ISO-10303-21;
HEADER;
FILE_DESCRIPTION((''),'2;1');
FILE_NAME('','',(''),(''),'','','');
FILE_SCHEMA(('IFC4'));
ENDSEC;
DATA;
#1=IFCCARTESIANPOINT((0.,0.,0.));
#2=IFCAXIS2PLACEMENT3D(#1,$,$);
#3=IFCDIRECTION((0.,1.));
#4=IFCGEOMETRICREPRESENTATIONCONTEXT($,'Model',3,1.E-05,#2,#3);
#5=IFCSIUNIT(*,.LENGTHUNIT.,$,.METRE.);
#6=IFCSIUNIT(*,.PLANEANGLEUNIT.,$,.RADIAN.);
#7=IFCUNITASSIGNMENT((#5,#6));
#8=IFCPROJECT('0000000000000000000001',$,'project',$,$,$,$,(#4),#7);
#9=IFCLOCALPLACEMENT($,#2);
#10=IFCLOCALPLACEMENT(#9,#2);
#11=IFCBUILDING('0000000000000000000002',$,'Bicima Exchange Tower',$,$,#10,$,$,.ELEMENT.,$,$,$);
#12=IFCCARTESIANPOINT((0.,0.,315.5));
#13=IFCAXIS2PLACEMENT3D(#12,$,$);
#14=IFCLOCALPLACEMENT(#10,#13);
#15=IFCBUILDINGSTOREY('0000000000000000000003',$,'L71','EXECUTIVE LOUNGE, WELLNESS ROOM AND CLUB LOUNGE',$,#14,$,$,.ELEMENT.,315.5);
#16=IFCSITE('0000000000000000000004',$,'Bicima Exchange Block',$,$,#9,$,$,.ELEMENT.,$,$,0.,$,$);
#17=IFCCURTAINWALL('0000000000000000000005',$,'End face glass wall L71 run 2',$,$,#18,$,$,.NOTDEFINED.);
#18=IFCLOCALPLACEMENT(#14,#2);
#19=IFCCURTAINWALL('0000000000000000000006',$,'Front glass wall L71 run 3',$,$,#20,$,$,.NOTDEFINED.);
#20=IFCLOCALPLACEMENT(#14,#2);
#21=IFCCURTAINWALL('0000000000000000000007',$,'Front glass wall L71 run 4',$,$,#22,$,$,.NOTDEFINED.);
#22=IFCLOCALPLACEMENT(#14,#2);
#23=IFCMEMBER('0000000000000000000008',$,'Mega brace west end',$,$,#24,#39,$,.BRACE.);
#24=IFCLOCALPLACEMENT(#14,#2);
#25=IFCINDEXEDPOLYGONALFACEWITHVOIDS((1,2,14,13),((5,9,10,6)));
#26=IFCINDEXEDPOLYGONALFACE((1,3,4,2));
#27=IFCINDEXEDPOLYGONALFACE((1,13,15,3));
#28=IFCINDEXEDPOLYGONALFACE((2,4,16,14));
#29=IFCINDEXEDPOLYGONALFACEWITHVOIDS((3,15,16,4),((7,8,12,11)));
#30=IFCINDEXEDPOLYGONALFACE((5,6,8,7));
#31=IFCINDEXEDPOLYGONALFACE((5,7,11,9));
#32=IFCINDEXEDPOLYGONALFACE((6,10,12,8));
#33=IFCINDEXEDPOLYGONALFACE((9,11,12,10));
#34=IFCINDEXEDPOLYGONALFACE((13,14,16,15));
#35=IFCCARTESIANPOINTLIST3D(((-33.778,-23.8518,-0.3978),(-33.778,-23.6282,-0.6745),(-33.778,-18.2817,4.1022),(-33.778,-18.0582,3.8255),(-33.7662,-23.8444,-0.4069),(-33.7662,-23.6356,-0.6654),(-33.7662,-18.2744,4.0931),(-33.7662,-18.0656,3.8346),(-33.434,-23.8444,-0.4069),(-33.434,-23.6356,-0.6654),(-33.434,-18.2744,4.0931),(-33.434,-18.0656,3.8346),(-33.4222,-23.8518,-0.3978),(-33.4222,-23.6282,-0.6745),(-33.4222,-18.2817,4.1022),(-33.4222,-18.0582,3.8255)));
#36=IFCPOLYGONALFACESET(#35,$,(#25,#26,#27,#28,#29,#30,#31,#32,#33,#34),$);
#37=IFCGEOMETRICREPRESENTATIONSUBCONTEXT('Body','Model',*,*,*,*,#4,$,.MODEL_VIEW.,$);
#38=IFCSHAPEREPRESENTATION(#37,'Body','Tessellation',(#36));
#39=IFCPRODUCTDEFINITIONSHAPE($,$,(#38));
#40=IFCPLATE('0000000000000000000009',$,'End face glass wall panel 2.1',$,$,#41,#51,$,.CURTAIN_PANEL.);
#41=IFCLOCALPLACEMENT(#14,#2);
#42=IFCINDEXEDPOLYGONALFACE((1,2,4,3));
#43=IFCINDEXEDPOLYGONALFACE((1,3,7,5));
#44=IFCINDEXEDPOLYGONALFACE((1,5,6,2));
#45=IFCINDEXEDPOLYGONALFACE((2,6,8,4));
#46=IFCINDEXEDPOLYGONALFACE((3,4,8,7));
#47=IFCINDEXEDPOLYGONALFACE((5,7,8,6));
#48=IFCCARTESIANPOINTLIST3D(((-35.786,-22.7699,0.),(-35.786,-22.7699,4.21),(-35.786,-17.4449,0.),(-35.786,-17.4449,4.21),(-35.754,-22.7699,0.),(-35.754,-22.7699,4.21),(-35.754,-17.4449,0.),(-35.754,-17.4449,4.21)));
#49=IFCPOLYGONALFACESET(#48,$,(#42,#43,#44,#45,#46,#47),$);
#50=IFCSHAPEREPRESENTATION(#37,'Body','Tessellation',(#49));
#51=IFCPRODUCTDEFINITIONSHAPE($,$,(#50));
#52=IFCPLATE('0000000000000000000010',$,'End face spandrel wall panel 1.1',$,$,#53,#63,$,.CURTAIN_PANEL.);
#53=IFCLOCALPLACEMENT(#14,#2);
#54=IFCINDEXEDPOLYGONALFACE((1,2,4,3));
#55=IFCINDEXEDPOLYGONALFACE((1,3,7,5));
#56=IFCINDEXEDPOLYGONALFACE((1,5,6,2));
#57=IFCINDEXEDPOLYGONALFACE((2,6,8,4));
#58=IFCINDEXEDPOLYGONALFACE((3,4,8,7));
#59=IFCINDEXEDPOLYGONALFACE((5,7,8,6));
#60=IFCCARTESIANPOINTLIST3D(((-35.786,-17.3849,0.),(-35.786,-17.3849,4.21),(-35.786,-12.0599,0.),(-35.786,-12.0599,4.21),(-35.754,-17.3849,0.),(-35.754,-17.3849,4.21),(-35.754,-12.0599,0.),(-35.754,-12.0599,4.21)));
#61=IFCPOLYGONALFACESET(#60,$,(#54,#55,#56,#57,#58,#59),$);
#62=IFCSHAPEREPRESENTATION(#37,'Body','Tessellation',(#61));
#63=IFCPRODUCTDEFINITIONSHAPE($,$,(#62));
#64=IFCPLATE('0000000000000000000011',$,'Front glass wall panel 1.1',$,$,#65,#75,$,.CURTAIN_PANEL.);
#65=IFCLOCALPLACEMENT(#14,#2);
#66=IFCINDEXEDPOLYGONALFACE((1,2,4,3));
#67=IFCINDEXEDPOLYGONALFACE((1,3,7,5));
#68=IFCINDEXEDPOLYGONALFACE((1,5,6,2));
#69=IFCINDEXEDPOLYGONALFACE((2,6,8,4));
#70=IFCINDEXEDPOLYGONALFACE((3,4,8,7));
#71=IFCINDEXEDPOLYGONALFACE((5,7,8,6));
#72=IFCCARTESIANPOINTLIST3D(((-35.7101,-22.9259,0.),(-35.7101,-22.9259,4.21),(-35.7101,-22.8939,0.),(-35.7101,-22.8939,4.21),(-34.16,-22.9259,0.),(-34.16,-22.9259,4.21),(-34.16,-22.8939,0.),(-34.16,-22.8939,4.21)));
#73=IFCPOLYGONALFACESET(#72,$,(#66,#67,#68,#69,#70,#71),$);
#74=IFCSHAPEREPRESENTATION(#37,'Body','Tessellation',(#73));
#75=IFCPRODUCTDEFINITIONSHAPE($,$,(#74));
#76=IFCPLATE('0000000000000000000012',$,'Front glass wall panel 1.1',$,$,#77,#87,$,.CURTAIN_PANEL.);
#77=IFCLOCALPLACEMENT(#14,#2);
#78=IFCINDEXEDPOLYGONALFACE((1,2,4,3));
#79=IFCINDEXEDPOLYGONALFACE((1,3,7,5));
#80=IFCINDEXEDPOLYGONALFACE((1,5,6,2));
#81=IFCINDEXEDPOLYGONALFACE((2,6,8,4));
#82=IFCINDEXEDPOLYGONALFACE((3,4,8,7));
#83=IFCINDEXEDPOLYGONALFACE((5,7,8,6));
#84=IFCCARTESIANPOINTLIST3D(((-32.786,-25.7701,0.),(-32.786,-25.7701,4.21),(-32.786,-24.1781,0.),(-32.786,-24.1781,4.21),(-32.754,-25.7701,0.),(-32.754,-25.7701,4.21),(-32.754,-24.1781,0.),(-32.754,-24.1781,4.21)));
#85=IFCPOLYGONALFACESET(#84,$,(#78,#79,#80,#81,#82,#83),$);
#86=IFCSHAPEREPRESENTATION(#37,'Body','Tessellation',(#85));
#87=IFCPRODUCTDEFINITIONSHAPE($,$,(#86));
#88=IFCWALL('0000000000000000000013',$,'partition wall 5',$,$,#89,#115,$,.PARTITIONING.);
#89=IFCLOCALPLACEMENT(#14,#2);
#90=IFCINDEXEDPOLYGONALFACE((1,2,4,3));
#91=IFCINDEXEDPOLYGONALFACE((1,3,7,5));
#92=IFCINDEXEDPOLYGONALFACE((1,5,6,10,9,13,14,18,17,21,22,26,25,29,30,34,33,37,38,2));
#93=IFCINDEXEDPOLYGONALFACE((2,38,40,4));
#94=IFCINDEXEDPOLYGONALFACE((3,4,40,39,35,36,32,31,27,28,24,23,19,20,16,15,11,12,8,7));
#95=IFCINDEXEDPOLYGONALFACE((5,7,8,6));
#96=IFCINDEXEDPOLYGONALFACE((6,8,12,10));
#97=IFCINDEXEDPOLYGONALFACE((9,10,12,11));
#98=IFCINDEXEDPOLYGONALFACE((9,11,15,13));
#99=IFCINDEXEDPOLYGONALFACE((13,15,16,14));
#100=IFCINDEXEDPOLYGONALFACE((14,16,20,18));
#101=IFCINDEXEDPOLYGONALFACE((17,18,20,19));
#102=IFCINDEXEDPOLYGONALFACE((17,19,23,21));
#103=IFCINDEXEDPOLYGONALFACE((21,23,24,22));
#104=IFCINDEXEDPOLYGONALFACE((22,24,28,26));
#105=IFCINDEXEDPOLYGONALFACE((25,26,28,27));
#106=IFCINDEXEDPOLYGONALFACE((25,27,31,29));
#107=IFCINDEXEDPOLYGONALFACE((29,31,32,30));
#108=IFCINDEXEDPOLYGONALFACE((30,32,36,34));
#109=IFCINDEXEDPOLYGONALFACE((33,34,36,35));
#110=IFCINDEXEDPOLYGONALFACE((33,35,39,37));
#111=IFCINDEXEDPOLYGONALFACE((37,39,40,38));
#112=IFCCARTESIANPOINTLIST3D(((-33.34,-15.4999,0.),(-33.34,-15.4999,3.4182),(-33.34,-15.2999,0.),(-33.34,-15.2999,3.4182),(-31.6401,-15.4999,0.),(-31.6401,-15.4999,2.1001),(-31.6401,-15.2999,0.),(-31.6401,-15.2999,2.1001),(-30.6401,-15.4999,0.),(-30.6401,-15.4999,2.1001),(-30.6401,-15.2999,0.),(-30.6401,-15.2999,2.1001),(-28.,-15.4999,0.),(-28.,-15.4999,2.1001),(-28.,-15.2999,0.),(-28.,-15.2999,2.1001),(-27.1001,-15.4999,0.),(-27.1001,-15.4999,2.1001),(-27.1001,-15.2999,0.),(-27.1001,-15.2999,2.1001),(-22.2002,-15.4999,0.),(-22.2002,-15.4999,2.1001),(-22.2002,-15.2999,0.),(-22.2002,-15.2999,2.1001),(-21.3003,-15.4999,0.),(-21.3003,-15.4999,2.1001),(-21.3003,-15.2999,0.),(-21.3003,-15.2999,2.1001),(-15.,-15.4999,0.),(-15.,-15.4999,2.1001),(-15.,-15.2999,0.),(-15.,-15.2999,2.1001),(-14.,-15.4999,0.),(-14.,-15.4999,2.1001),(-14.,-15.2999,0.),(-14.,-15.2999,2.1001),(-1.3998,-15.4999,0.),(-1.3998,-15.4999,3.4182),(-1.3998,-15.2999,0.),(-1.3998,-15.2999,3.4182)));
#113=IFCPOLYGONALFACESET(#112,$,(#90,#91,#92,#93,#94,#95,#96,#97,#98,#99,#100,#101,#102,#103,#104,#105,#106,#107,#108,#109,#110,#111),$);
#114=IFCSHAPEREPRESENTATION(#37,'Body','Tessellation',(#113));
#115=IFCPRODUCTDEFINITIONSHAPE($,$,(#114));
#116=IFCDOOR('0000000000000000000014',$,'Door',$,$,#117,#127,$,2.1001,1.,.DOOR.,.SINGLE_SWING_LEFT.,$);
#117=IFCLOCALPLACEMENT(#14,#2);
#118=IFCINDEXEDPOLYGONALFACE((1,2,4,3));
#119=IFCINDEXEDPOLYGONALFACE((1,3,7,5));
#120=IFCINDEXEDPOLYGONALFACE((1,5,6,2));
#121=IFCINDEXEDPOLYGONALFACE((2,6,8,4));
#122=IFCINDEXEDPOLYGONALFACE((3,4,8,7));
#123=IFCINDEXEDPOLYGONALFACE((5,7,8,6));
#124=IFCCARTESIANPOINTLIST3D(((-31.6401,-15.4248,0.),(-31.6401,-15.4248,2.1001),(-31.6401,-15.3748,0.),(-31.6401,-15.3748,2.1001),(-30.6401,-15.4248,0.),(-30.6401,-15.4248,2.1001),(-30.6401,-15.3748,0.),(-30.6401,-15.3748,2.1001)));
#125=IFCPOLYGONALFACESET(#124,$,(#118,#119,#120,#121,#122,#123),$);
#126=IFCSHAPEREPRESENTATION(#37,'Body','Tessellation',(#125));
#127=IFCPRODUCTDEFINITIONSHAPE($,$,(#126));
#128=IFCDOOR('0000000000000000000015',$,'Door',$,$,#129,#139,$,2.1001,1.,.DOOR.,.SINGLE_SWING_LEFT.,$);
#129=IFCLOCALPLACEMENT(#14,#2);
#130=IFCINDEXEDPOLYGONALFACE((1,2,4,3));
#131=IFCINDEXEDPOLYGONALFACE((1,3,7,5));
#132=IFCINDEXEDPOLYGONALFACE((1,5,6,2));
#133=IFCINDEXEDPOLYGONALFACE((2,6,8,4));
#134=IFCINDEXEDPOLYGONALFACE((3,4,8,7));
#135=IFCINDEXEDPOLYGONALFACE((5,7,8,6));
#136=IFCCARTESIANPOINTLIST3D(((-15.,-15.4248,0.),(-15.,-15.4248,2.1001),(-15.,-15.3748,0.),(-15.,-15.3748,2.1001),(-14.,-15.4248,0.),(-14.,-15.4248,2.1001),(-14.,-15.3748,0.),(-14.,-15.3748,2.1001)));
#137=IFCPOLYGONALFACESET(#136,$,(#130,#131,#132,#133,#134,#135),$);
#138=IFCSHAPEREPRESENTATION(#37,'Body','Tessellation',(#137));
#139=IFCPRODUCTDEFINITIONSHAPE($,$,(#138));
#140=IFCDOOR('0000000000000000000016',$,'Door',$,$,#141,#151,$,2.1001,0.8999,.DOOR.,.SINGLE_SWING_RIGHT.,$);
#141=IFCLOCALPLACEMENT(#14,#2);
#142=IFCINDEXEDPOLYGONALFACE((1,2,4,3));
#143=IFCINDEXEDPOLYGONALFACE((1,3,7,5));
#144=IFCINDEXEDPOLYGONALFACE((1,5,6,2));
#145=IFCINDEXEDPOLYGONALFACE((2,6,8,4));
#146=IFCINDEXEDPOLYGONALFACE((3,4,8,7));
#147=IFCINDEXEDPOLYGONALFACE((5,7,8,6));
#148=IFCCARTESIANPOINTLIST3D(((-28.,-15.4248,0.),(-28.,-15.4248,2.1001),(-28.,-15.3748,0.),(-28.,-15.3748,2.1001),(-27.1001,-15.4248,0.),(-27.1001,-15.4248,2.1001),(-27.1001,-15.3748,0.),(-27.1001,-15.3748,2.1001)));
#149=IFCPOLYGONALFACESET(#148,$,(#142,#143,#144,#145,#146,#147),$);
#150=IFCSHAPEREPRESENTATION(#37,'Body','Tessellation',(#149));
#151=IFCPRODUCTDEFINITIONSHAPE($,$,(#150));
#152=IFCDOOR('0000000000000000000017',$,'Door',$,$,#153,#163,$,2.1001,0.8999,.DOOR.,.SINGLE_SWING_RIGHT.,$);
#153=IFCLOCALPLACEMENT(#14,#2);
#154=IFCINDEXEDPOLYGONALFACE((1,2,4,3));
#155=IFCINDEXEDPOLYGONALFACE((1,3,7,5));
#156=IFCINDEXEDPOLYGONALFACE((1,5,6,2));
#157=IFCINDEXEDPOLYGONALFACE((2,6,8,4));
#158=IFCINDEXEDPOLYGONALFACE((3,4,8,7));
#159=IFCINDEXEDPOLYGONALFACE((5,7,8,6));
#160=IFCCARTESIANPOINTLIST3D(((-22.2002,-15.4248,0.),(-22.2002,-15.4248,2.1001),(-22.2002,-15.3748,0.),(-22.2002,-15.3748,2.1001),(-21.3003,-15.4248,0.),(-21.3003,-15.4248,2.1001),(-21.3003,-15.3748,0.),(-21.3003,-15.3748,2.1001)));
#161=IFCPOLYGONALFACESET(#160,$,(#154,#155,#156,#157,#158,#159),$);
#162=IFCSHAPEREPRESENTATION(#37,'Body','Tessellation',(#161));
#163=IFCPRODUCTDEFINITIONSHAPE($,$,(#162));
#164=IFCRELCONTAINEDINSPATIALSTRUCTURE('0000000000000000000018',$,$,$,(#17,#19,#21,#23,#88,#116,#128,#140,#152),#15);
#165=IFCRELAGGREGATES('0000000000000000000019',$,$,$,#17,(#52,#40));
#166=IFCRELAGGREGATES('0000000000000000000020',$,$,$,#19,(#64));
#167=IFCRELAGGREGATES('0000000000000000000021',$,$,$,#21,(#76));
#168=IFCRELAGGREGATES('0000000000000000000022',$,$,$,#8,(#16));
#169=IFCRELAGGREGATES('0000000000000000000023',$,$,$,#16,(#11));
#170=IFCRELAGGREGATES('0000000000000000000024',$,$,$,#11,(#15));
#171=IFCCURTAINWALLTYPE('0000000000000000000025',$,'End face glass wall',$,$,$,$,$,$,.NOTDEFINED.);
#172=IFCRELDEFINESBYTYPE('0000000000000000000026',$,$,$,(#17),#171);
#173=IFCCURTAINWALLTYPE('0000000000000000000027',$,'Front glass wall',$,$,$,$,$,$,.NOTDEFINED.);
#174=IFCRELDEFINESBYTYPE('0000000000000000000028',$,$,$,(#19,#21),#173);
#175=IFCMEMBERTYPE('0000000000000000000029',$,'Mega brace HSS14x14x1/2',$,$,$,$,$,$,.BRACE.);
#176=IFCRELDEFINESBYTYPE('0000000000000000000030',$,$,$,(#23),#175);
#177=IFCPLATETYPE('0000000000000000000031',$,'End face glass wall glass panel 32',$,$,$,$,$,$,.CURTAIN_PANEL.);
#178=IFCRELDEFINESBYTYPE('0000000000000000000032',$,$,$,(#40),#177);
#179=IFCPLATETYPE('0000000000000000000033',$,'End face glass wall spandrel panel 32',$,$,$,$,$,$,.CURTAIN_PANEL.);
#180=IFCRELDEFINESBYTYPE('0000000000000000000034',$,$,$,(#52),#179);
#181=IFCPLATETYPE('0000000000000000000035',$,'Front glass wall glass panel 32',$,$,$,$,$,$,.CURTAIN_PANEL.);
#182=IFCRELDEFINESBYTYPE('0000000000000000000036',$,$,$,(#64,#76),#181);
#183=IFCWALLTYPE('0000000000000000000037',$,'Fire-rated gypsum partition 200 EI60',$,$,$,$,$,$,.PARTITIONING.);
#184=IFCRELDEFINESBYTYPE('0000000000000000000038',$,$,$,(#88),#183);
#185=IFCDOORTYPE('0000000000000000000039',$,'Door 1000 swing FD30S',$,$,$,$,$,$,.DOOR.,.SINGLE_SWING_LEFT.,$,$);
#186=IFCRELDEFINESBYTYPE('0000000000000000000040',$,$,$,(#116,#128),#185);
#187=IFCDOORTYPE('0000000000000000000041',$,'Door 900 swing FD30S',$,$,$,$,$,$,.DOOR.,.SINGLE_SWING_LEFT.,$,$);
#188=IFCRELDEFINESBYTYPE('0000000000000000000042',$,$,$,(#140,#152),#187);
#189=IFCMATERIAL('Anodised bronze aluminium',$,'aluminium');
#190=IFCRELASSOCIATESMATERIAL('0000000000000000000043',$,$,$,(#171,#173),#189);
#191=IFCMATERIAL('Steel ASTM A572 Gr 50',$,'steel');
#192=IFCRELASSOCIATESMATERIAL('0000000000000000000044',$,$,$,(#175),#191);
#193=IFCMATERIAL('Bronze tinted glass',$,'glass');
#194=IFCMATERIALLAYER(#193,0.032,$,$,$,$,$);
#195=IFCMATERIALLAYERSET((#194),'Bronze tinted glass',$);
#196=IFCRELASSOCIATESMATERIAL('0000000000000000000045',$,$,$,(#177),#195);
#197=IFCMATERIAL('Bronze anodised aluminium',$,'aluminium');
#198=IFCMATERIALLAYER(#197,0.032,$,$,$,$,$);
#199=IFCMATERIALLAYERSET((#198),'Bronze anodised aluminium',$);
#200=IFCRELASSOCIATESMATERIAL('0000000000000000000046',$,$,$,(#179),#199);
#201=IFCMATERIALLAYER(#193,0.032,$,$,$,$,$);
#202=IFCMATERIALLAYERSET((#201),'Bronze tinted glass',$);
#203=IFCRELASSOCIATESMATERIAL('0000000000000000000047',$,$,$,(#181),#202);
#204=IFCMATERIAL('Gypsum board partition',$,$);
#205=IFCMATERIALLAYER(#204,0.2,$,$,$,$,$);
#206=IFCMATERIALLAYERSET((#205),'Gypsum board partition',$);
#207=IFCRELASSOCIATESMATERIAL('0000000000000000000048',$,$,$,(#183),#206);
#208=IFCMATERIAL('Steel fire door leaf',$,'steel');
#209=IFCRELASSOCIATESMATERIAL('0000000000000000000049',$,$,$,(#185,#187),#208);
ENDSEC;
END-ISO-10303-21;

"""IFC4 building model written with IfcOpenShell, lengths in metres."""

from ifc_helpers import new_model, si_unit, direction, frame, frame_2d, origin, origin_2d, place, context, subcontext, project, spatial, rectangle, hollow_rectangle, extrude, material, layer, layer_set, material_profile, profile_set, type_object, element, fill, aggregate, save


model = new_model("IFC4")

# Units and contexts
model_context = context("Model", 3, precision=1e-05, world=origin(), true_north=direction((0.0, 1.0)))
body_context = subcontext(model_context, "Body", "Model", "MODEL_VIEW")
ifc_project = project(units=[si_unit("LENGTHUNIT", "METRE"), si_unit("PLANEANGLEUNIT", "RADIAN")], contexts=[model_context])

# Site, building, storey
site_placement = place(None, origin())
site = spatial("IfcSite", under=ifc_project, at=site_placement, Name="Bicima Exchange Block", CompositionType="ELEMENT", RefElevation=0.0)
building_placement = place(site_placement, origin())
building = spatial("IfcBuilding", under=site, at=building_placement, Name="Bicima Exchange Tower", CompositionType="ELEMENT")
storey_placement = place(building_placement, frame((0.0, 0.0, 315.5)))
storey = spatial("IfcBuildingStorey", under=building, at=storey_placement, Name="L71", Description="EXECUTIVE LOUNGE, WELLNESS ROOM AND CLUB LOUNGE", CompositionType="ELEMENT", Elevation=315.5)

# Shared definitions
ifc_material_1 = material(Name="Steel ASTM A572 Gr 50", Category="steel")

# Curtain wall
ifc_material_2 = material(Name="Anodised bronze aluminium", Category="aluminium")
curtain_wall_type_1 = type_object("IfcCurtainWallType", Name="End face glass wall", PredefinedType="NOTDEFINED", material=ifc_material_2)
curtain_wall_1_placement = place(storey_placement, origin())
curtain_wall_1 = element("IfcCurtainWall", 1, at=curtain_wall_1_placement, inside=storey, type_object=curtain_wall_type_1, Name="End face glass wall L71 run 2", PredefinedType="NOTDEFINED")

# Curtain walls
curtain_wall_type_2 = type_object("IfcCurtainWallType", Name="Front glass wall", PredefinedType="NOTDEFINED", material=ifc_material_2)
curtain_wall_2_placement = place(storey_placement, origin())
curtain_wall_2 = element("IfcCurtainWall", 2, at=curtain_wall_2_placement, inside=storey, type_object=curtain_wall_type_2, Name="Front glass wall L71 run 3", PredefinedType="NOTDEFINED")
curtain_wall_3_placement = place(storey_placement, origin())
curtain_wall_3 = element("IfcCurtainWall", 3, at=curtain_wall_3_placement, inside=storey, type_object=curtain_wall_type_2, Name="Front glass wall L71 run 4", PredefinedType="NOTDEFINED")

# Member
ifc_material_profile_1 = material_profile(ifc_material_1, hollow_rectangle(XDim=0.3557, YDim=0.3557, WallThickness=0.0117, at=origin_2d()))
ifc_profile_set_1 = profile_set([ifc_material_profile_1], Name="Steel ASTM A572 Gr 50")
member_type_1 = type_object("IfcMemberType", Name="Mega brace HSS14x14x1/2", PredefinedType="BRACE", material=ifc_profile_set_1)
member_1_placement = place(storey_placement, frame((-33.6001, -23.74, -0.5361), z_axis=(0.0, 0.777866, 0.62843), x_axis=(-1.0, 0.0, 0.0)))
element("IfcMember", 4, at=member_1_placement, inside=storey, type_object=member_type_1, Name="Mega brace west end", PredefinedType="BRACE", context=body_context, shape_type="SweptSolid", body=[
    extrude(hollow_rectangle(XDim=0.3557, YDim=0.3557, WallThickness=0.0117, at=origin_2d()), origin(), (0.0, 0.0, 1.0), 7.1606),
])

# Plates
ifc_material_3 = material(Name="Bronze tinted glass", Category="glass")
ifc_layer_1 = layer(ifc_material_3, 0.032)
ifc_layer_set_1 = layer_set([ifc_layer_1], Name="Bronze tinted glass")
plate_type_1 = type_object("IfcPlateType", Name="End face glass wall glass panel 32", PredefinedType="CURTAIN_PANEL", material=ifc_layer_set_1)
plate_1_placement = place(storey_placement, frame((-35.77, -20.1074, 0.0), z_axis=(0.0, 0.0, 1.0), x_axis=(0.0, -1.0, 0.0)))
plate_1 = element("IfcPlate", 5, at=plate_1_placement, type_object=plate_type_1, Name="End face glass wall panel 2.1", PredefinedType="CURTAIN_PANEL", context=body_context, shape_type="SweptSolid", body=[
    extrude(rectangle(XDim=5.325, YDim=0.032, at=origin_2d()), origin(), (0.0, 0.0, 1.0), 4.21),
])
ifc_material_4 = material(Name="Bronze anodised aluminium", Category="aluminium")
ifc_layer_2 = layer(ifc_material_4, 0.032)
ifc_layer_set_2 = layer_set([ifc_layer_2], Name="Bronze anodised aluminium")
plate_type_2 = type_object("IfcPlateType", Name="End face glass wall spandrel panel 32", PredefinedType="CURTAIN_PANEL", material=ifc_layer_set_2)
plate_2_placement = place(storey_placement, frame((-35.77, -14.7224, 0.0), z_axis=(0.0, 0.0, 1.0), x_axis=(0.0, -1.0, 0.0)))
plate_2 = element("IfcPlate", 6, at=plate_2_placement, type_object=plate_type_2, Name="End face spandrel wall panel 1.1", PredefinedType="CURTAIN_PANEL", context=body_context, shape_type="SweptSolid", body=[
    extrude(rectangle(XDim=5.325, YDim=0.032, at=origin_2d()), origin(), (0.0, 0.0, 1.0), 4.21),
])
aggregate(curtain_wall_1, [plate_2, plate_1])
ifc_layer_3 = layer(ifc_material_3, 0.032)
ifc_layer_set_3 = layer_set([ifc_layer_3], Name="Bronze tinted glass")
plate_type_3 = type_object("IfcPlateType", Name="Front glass wall glass panel 32", PredefinedType="CURTAIN_PANEL", material=ifc_layer_set_3)
plate_3_placement = place(storey_placement, frame((-34.9351, -22.9099, 0.0), z_axis=(0.0, 0.0, 1.0), x_axis=(1.0, 0.0, 0.0)))
plate_3 = element("IfcPlate", 7, at=plate_3_placement, type_object=plate_type_3, Name="Front glass wall panel 1.1", PredefinedType="CURTAIN_PANEL", context=body_context, shape_type="SweptSolid", body=[
    extrude(rectangle(XDim=1.55, YDim=0.032, at=origin_2d()), origin(), (0.0, 0.0, 1.0), 4.21),
])
aggregate(curtain_wall_2, [plate_3])
plate_4_placement = place(storey_placement, frame((-32.77, -24.9741, 0.0), z_axis=(0.0, 0.0, 1.0), x_axis=(0.0, -1.0, 0.0)))
plate_4 = element("IfcPlate", 8, at=plate_4_placement, type_object=plate_type_3, Name="Front glass wall panel 1.1", PredefinedType="CURTAIN_PANEL", context=body_context, shape_type="SweptSolid", body=[
    extrude(rectangle(XDim=1.592, YDim=0.032, at=origin_2d()), origin(), (0.0, 0.0, 1.0), 4.21),
])
aggregate(curtain_wall_3, [plate_4])

# Wall, openings, doors
ifc_material_5 = material(Name="Gypsum board partition")
ifc_layer_4 = layer(ifc_material_5, 0.2)
ifc_layer_set_4 = layer_set([ifc_layer_4], Name="Gypsum board partition")
wall_type = type_object("IfcWallType", Name="Fire-rated gypsum partition 200 EI60", PredefinedType="PARTITIONING", material=ifc_layer_set_4)
wall_1_placement = place(storey_placement, frame((-33.3401, -15.3999, 0.0), z_axis=(0.0, 0.0, 1.0), x_axis=(1.0, 0.0, 0.0)))
wall_1 = element("IfcWall", 9, at=wall_1_placement, inside=storey, type_object=wall_type, Name="partition wall 5", PredefinedType="PARTITIONING", context=body_context, shape_type="SweptSolid", body=[
    extrude(rectangle(XDim=31.9402, YDim=0.2, at=frame_2d((15.9702, 0.0))), origin(), (0.0, 0.0, 1.0), 3.4182),
])
opening_1_placement = place(wall_1_placement, frame((1.7, 0.0, 0.0)))
opening_1 = element("IfcOpeningElement", 10, at=opening_1_placement, cuts=wall_1, PredefinedType="OPENING", context=body_context, shape_type="SweptSolid", body=[
    extrude(rectangle(XDim=1.0, YDim=2.1001, at=frame_2d((0.5, 1.05))), frame((0.0, 0.1118, 0.0), z_axis=(0.0, -1.0, 0.0), x_axis=(1.0, 0.0, 0.0)), (0.0, 0.0, 1.0), 0.2239),
])
opening_2_placement = place(wall_1_placement, frame((5.3401, 0.0, 0.0)))
opening_2 = element("IfcOpeningElement", 11, at=opening_2_placement, cuts=wall_1, PredefinedType="OPENING", context=body_context, shape_type="SweptSolid", body=[
    extrude(rectangle(XDim=0.8999, YDim=2.1001, at=frame_2d((0.45, 1.05))), frame((0.0, 0.1118, 0.0), z_axis=(0.0, -1.0, 0.0), x_axis=(1.0, 0.0, 0.0)), (0.0, 0.0, 1.0), 0.2239),
])
opening_3_placement = place(wall_1_placement, frame((11.1399, 0.0, 0.0)))
opening_3 = element("IfcOpeningElement", 12, at=opening_3_placement, cuts=wall_1, PredefinedType="OPENING", context=body_context, shape_type="SweptSolid", body=[
    extrude(rectangle(XDim=0.8999, YDim=2.1001, at=frame_2d((0.45, 1.05))), frame((0.0, 0.1118, 0.0), z_axis=(0.0, -1.0, 0.0), x_axis=(1.0, 0.0, 0.0)), (0.0, 0.0, 1.0), 0.2239),
])
opening_4_placement = place(wall_1_placement, frame((18.3401, 0.0, 0.0)))
opening_4 = element("IfcOpeningElement", 13, at=opening_4_placement, cuts=wall_1, PredefinedType="OPENING", context=body_context, shape_type="SweptSolid", body=[
    extrude(rectangle(XDim=1.0, YDim=2.1001, at=frame_2d((0.5, 1.05))), frame((0.0, 0.1118, 0.0), z_axis=(0.0, -1.0, 0.0), x_axis=(1.0, 0.0, 0.0)), (0.0, 0.0, 1.0), 0.2239),
])
ifc_material_6 = material(Name="Steel fire door leaf", Category="steel")
door_type_1 = type_object("IfcDoorType", Name="Door 1000 swing FD30S", OperationType="SINGLE_SWING_LEFT", PredefinedType="DOOR", material=ifc_material_6)
door_1_placement = place(opening_1_placement, frame((1.0, 0.0, 0.0), z_axis=(0.0, 0.0, 1.0), x_axis=(-1.0, 0.0, 0.0)))
door_1 = element("IfcDoor", 14, at=door_1_placement, inside=storey, type_object=door_type_1, Name="Door", OperationType="SINGLE_SWING_LEFT", OverallHeight=2.1001, OverallWidth=1.0, PredefinedType="DOOR", context=body_context, shape_type="SweptSolid", body=[
    extrude(rectangle(XDim=1.0, YDim=2.1001, at=frame_2d((0.5, 1.05))), frame((0.0, 0.0249, 0.0), z_axis=(0.0, -1.0, 0.0), x_axis=(1.0, 0.0, 0.0)), (0.0, 0.0, 1.0), 0.05),
])
fill(opening_1, door_1)
door_2_placement = place(opening_4_placement, frame((1.0, 0.0, 0.0), z_axis=(0.0, 0.0, 1.0), x_axis=(-1.0, 0.0, 0.0)))
door_2 = element("IfcDoor", 15, at=door_2_placement, inside=storey, type_object=door_type_1, Name="Door", OperationType="SINGLE_SWING_LEFT", OverallHeight=2.1001, OverallWidth=1.0, PredefinedType="DOOR", context=body_context, shape_type="SweptSolid", body=[
    extrude(rectangle(XDim=1.0, YDim=2.1001, at=frame_2d((0.5, 1.05))), frame((0.0, 0.0249, 0.0), z_axis=(0.0, -1.0, 0.0), x_axis=(1.0, 0.0, 0.0)), (0.0, 0.0, 1.0), 0.05),
])
fill(opening_4, door_2)
door_type_2 = type_object("IfcDoorType", Name="Door 900 swing FD30S", OperationType="SINGLE_SWING_LEFT", PredefinedType="DOOR", material=ifc_material_6)
door_3_placement = place(opening_2_placement, frame((0.8999, 0.0, 0.0), z_axis=(0.0, 0.0, 1.0), x_axis=(-1.0, 0.0, 0.0)))
door_3 = element("IfcDoor", 16, at=door_3_placement, inside=storey, type_object=door_type_2, Name="Door", OperationType="SINGLE_SWING_RIGHT", OverallHeight=2.1001, OverallWidth=0.8999, PredefinedType="DOOR", context=body_context, shape_type="SweptSolid", body=[
    extrude(rectangle(XDim=0.8999, YDim=2.1001, at=frame_2d((0.45, 1.05))), frame((0.0, 0.0249, 0.0), z_axis=(0.0, -1.0, 0.0), x_axis=(1.0, 0.0, 0.0)), (0.0, 0.0, 1.0), 0.05),
])
fill(opening_2, door_3)
door_4_placement = place(opening_3_placement, frame((0.8999, 0.0, 0.0), z_axis=(0.0, 0.0, 1.0), x_axis=(-1.0, 0.0, 0.0)))
door_4 = element("IfcDoor", 17, at=door_4_placement, inside=storey, type_object=door_type_2, Name="Door", OperationType="SINGLE_SWING_RIGHT", OverallHeight=2.1001, OverallWidth=0.8999, PredefinedType="DOOR", context=body_context, shape_type="SweptSolid", body=[
    extrude(rectangle(XDim=0.8999, YDim=2.1001, at=frame_2d((0.45, 1.05))), frame((0.0, 0.0249, 0.0), z_axis=(0.0, -1.0, 0.0), x_axis=(1.0, 0.0, 0.0)), (0.0, 0.0, 1.0), 0.05),
])
fill(opening_3, door_4)

save(model, "model.ifc")
